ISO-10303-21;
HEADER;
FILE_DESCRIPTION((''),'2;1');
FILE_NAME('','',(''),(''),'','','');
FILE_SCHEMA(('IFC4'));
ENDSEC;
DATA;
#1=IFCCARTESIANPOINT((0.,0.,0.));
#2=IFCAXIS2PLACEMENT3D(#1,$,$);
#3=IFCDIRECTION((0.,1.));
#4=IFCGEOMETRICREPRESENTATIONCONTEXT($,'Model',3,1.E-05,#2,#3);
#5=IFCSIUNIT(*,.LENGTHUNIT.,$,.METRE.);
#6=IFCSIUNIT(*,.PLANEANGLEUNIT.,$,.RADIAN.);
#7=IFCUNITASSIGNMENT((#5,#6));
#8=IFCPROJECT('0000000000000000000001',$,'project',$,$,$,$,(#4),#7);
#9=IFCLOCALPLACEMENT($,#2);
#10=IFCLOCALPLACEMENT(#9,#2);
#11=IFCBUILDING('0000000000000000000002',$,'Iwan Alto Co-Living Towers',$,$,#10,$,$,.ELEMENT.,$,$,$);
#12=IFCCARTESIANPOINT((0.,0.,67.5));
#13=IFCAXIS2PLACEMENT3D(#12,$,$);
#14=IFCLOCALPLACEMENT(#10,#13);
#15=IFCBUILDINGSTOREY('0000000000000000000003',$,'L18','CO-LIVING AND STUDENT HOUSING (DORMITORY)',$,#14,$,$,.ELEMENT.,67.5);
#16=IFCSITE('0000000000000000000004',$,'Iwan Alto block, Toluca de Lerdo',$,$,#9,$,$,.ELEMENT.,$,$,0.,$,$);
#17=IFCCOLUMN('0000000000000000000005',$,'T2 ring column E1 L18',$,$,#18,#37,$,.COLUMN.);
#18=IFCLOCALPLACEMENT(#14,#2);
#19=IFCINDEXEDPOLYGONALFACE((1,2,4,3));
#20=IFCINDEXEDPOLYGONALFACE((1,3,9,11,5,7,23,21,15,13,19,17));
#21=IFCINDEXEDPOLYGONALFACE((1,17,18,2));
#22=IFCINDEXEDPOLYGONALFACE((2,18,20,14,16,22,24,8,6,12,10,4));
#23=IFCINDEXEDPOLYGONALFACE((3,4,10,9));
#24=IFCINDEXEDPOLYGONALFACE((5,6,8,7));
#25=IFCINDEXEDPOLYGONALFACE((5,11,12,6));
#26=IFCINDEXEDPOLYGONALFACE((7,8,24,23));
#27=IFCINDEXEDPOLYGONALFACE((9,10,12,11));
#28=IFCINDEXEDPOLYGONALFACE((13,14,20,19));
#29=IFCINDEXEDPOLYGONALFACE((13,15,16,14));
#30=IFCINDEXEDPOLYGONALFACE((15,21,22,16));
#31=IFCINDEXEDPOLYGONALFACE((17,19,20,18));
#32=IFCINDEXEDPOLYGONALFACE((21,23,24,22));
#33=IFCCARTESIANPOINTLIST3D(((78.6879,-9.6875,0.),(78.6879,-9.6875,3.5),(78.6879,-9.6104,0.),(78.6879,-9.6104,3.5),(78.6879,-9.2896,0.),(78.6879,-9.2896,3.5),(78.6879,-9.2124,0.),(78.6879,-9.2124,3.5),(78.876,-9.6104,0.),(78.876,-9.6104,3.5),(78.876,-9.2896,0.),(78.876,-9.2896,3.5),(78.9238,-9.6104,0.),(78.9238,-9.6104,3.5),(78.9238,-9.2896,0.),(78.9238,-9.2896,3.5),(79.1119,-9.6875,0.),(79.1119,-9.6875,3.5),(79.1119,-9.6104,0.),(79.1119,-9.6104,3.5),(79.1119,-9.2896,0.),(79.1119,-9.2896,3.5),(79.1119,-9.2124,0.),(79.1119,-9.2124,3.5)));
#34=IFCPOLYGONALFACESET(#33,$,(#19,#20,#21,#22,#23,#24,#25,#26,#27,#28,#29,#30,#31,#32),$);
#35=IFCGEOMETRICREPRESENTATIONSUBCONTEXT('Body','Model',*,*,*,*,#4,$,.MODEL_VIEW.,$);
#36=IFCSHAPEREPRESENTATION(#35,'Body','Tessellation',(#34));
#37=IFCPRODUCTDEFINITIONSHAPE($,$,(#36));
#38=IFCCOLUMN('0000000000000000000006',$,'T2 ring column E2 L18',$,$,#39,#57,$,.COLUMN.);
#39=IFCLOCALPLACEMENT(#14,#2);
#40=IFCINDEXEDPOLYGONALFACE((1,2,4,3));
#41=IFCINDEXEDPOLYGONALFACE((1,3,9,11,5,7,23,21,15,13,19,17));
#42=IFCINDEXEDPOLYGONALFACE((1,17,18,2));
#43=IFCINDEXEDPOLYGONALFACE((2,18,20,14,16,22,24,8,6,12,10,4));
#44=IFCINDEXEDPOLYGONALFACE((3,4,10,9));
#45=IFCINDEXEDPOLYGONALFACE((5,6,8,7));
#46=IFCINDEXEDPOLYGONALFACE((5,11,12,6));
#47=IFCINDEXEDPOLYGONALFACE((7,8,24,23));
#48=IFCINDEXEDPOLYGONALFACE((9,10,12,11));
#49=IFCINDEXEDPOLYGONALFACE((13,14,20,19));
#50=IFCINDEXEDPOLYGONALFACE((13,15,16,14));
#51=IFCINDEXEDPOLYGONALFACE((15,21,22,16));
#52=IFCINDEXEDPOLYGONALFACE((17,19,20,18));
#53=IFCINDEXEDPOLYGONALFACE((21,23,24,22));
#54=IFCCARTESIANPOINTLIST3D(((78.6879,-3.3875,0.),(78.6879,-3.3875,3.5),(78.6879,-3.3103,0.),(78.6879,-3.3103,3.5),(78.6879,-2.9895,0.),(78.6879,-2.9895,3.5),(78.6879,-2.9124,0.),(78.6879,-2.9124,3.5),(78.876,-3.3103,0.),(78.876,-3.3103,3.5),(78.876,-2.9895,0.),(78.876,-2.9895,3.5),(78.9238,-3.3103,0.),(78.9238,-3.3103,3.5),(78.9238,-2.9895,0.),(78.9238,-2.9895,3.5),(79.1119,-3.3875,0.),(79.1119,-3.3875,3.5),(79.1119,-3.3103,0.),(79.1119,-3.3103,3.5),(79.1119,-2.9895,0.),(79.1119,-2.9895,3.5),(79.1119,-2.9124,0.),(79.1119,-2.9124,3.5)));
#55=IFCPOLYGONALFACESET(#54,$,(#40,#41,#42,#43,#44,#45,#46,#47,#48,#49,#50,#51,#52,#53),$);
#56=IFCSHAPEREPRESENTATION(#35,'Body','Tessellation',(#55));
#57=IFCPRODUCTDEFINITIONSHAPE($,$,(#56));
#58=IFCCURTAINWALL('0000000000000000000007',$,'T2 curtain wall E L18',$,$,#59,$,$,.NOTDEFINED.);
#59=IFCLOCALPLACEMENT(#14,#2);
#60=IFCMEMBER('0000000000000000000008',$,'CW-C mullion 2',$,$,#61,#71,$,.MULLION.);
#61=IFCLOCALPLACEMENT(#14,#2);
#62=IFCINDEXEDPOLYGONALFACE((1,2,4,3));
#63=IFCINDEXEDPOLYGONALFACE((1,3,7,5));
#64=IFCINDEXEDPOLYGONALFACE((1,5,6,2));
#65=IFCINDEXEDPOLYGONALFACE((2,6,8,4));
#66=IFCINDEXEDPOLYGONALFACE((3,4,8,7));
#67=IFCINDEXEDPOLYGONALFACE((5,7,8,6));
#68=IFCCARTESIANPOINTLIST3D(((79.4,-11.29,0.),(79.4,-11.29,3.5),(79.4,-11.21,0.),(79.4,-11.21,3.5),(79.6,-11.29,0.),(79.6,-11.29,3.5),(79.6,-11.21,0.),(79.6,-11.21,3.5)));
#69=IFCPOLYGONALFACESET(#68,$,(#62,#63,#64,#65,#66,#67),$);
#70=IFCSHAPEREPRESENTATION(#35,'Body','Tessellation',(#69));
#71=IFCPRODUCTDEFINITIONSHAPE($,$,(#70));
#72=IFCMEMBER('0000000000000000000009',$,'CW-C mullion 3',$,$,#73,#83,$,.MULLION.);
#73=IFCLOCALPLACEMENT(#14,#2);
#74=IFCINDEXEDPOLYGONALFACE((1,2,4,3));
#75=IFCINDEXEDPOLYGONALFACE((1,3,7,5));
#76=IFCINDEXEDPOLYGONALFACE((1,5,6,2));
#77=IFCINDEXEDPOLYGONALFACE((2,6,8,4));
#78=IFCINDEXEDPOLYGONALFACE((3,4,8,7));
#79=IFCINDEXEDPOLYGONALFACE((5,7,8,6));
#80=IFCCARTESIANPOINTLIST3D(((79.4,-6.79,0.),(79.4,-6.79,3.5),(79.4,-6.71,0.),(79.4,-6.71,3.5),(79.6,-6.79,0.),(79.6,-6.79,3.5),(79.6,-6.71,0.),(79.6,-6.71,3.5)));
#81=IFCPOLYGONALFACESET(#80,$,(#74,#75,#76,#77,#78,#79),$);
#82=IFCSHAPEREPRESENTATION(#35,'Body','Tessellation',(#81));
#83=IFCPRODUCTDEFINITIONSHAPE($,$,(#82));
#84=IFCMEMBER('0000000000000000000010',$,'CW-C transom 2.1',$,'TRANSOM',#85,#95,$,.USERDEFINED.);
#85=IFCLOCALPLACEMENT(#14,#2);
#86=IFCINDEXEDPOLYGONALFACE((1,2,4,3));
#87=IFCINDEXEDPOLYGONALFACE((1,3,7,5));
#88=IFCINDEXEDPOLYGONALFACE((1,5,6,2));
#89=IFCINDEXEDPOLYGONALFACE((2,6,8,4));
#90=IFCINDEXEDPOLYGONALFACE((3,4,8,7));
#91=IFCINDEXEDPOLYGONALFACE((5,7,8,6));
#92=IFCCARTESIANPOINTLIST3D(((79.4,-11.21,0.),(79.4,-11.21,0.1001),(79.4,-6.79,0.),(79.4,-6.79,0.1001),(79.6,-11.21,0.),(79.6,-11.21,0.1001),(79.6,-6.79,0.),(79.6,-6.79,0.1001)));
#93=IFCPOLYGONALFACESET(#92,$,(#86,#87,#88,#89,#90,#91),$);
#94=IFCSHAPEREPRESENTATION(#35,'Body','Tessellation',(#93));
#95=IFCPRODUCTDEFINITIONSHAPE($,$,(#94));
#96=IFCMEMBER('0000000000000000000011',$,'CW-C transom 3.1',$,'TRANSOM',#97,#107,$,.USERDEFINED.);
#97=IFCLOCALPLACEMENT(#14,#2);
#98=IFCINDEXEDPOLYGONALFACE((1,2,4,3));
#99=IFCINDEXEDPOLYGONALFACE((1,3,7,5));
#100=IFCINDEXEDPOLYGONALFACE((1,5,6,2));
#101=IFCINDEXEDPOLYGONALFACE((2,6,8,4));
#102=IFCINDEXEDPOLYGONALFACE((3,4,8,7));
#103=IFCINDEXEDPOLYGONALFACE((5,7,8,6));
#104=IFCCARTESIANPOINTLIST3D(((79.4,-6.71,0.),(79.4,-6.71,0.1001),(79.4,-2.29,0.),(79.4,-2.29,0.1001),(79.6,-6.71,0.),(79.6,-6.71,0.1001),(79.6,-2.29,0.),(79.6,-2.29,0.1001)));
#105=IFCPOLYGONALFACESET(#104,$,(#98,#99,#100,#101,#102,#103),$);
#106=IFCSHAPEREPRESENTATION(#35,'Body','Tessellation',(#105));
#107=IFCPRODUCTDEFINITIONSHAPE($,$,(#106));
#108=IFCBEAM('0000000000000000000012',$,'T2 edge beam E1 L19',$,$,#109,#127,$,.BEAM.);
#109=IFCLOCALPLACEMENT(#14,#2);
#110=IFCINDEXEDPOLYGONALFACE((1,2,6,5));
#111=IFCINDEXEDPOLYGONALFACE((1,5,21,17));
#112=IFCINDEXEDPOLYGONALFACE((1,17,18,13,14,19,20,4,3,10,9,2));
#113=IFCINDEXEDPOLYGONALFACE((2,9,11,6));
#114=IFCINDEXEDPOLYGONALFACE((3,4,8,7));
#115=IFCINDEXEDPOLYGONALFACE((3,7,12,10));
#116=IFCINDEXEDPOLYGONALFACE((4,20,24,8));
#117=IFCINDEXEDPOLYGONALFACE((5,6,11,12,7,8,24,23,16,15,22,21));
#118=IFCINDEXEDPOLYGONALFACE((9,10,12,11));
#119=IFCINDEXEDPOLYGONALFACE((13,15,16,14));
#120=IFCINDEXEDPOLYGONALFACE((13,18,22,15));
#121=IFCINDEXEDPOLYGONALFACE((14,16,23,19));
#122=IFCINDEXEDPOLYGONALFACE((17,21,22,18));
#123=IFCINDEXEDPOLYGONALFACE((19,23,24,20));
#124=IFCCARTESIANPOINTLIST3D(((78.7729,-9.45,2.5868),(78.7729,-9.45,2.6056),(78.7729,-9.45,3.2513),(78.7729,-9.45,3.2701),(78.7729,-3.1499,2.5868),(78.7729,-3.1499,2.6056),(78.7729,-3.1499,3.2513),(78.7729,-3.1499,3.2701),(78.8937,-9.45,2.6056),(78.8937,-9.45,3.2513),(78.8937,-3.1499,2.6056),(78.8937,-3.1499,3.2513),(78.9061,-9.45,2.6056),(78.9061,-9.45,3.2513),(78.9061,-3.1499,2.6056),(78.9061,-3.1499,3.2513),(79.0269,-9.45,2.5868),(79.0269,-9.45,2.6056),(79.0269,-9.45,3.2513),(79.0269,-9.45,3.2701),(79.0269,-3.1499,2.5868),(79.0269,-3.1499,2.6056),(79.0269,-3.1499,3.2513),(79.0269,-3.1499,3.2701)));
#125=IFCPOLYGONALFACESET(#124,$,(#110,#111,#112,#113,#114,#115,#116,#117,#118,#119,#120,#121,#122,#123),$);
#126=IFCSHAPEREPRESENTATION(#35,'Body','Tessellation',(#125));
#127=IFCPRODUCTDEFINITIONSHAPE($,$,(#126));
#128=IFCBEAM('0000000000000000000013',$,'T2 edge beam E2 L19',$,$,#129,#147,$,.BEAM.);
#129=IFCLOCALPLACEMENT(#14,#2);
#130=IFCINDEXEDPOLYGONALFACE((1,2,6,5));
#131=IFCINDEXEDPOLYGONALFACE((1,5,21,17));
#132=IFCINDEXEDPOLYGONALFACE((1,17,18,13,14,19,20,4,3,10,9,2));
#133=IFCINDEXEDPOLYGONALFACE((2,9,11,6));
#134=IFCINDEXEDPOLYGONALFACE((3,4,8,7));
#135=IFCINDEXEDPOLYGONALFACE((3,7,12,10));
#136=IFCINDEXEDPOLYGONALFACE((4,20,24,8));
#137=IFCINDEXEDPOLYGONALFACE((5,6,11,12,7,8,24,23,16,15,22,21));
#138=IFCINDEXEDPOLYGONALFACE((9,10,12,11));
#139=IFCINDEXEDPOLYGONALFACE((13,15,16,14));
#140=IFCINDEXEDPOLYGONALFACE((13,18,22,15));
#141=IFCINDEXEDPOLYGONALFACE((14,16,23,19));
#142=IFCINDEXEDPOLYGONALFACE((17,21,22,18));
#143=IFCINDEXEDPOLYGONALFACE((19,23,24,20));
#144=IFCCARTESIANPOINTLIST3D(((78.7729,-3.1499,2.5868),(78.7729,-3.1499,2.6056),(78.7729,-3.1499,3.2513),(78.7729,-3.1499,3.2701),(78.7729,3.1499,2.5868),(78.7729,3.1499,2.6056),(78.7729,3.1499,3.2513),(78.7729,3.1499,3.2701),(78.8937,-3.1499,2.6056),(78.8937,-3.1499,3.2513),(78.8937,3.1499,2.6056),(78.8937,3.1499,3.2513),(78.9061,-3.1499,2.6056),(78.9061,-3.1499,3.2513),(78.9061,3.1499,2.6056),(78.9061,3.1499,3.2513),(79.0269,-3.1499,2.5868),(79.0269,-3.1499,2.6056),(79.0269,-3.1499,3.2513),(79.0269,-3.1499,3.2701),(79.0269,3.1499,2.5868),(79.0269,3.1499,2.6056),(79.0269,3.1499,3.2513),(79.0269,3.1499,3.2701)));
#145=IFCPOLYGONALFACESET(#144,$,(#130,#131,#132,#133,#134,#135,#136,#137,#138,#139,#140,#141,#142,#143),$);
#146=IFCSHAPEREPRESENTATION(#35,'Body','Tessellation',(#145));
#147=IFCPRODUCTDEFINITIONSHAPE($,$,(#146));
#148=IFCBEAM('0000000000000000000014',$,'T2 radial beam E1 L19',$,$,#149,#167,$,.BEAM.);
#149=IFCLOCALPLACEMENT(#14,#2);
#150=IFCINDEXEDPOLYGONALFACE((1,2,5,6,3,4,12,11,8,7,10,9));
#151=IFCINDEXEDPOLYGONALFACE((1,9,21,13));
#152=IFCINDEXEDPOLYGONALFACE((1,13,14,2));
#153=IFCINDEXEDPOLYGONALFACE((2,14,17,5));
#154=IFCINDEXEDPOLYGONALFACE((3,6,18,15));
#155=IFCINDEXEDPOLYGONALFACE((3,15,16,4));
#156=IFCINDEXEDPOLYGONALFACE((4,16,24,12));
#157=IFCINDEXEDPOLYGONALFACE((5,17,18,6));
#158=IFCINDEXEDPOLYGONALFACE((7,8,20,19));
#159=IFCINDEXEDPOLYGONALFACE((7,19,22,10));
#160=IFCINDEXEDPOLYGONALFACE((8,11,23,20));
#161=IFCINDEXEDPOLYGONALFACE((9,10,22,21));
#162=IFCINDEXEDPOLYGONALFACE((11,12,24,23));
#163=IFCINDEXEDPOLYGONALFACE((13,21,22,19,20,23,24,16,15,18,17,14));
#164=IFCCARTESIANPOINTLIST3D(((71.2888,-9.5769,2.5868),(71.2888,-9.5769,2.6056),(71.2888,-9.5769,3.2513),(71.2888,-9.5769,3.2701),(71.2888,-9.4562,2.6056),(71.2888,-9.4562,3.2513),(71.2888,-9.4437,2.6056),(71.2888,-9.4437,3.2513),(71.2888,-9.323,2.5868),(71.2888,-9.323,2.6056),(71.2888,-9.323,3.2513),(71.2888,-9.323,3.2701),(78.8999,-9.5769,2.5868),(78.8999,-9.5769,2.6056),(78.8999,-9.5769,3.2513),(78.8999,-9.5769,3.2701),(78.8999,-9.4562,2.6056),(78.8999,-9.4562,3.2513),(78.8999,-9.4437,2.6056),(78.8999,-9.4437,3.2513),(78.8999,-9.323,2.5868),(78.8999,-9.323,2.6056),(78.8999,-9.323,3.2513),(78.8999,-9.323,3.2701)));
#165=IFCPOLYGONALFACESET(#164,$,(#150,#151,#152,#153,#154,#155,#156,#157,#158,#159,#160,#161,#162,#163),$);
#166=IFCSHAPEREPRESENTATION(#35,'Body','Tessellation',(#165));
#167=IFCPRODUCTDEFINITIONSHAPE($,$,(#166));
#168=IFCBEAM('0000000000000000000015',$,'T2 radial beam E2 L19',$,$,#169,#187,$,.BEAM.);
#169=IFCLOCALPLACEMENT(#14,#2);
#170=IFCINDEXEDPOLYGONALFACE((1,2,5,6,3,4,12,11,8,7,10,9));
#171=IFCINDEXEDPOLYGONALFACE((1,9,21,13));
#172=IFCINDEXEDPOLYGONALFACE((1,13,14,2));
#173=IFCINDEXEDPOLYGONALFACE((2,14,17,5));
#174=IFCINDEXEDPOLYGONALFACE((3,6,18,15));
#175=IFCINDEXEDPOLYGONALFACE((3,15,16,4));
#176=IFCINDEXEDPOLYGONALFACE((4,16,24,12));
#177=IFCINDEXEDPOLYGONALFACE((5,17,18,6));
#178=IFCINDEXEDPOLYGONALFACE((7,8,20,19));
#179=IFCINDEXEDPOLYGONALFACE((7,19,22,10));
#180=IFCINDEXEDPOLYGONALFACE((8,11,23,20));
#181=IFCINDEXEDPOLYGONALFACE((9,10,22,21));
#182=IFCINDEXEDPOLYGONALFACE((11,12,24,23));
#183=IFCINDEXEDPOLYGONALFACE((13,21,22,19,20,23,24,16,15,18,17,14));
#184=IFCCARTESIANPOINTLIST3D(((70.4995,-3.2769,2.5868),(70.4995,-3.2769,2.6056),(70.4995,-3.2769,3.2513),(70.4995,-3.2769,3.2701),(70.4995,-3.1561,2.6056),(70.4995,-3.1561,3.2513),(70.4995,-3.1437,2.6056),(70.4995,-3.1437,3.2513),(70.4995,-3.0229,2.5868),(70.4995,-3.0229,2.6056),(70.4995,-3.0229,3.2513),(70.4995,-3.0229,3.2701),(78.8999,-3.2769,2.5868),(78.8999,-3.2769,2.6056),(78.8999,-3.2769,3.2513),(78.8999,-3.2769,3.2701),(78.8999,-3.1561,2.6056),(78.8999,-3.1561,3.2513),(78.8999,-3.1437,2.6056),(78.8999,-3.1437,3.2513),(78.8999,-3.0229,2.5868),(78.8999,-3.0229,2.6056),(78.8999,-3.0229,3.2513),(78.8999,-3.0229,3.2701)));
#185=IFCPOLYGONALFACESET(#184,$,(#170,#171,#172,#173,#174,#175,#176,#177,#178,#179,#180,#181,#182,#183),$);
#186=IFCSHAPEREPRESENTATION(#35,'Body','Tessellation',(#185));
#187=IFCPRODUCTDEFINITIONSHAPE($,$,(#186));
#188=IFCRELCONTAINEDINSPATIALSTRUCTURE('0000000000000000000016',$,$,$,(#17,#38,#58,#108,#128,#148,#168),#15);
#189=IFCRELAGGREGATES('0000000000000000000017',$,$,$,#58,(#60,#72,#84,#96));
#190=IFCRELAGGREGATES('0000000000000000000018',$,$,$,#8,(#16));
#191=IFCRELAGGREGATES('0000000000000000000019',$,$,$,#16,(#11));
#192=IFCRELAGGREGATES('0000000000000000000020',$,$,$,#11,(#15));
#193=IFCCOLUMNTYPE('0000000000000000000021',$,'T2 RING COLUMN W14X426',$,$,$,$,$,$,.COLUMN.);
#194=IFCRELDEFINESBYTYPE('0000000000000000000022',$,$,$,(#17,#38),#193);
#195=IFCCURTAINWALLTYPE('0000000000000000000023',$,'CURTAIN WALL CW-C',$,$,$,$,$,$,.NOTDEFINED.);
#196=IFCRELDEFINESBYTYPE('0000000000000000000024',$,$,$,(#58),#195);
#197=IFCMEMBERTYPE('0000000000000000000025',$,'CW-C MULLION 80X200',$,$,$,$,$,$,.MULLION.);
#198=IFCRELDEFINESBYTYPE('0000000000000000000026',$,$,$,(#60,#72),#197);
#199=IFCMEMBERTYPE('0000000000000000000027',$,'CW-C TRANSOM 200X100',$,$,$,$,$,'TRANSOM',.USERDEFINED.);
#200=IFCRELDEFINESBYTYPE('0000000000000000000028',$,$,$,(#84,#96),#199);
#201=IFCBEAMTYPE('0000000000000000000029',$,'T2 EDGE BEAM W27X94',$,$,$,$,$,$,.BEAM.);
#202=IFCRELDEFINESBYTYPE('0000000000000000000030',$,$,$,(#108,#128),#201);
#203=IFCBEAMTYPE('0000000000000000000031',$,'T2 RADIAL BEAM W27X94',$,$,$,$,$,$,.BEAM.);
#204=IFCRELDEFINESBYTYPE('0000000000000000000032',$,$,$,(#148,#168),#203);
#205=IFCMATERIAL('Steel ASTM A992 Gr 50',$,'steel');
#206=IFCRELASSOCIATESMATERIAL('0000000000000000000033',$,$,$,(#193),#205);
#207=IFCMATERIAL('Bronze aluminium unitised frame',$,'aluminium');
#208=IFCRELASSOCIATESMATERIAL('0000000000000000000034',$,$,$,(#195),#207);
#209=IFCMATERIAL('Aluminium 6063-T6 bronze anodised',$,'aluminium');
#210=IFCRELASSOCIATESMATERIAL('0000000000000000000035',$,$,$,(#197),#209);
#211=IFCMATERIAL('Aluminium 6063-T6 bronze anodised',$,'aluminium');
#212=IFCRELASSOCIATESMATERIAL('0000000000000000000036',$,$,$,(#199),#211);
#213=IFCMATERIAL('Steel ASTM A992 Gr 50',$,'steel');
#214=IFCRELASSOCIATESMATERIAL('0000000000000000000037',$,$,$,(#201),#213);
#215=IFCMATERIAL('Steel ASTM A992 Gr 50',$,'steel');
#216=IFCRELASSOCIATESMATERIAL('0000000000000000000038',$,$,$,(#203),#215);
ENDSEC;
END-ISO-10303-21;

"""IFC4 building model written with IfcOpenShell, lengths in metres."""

from ifc_helpers import new_model, si_unit, direction, frame, origin, origin_2d, place, context, subcontext, project, spatial, rectangle, i_section, extrude, material, material_profile, profile_set, type_object, element, aggregate, save


model = new_model("IFC4")

# Units and contexts
model_context = context("Model", 3, precision=1e-05, world=origin(), true_north=direction((0.0, 1.0)))
body_context = subcontext(model_context, "Body", "Model", "MODEL_VIEW")
ifc_project = project(units=[si_unit("LENGTHUNIT", "METRE"), si_unit("PLANEANGLEUNIT", "RADIAN")], contexts=[model_context])

# Site, building, storey
site_placement = place(None, origin())
site = spatial("IfcSite", under=ifc_project, at=site_placement, Name="Iwan Alto block, Toluca de Lerdo", CompositionType="ELEMENT", RefElevation=0.0)
building_placement = place(site_placement, origin())
building = spatial("IfcBuilding", under=site, at=building_placement, Name="Iwan Alto Co-Living Towers", CompositionType="ELEMENT")
storey_placement = place(building_placement, frame((0.0, 0.0, 67.5)))
storey = spatial("IfcBuildingStorey", under=building, at=storey_placement, Name="L18", Description="CO-LIVING AND STUDENT HOUSING (DORMITORY)", CompositionType="ELEMENT", Elevation=67.5)

# Columns
ifc_material_1 = material(Name="Steel ASTM A992 Gr 50", Category="steel")
ifc_material_profile_1 = material_profile(ifc_material_1, i_section(OverallWidth=0.4241, OverallDepth=0.4751, WebThickness=0.0479, FlangeThickness=0.0771, at=origin_2d()), Name="W14X426")
ifc_profile_set_1 = profile_set([ifc_material_profile_1], Name="Steel ASTM A992 Gr 50")
column_type = type_object("IfcColumnType", Name="T2 RING COLUMN W14X426", PredefinedType="COLUMN", material=ifc_profile_set_1)
for number, where, z_axis, x_axis, name in (
    (1, (78.8999, -9.45, 0.0), (0.0, 0.0, 1.0), (1.0, 0.0, 0.0), "T2 ring column E1 L18"),
    (2, (78.8999, -3.1499, 0.0), (0.0, 0.0, 1.0), (1.0, 0.0, 0.0), "T2 ring column E2 L18"),
):
    element("IfcColumn", number, at=place(storey_placement, frame(where, z_axis=z_axis, x_axis=x_axis)), inside=storey, type_object=column_type, Name=name, PredefinedType="COLUMN", context=body_context, shape_type="SweptSolid", body=[
        extrude(i_section(OverallWidth=0.4241, OverallDepth=0.4751, WebThickness=0.0479, FlangeThickness=0.0771, at=origin_2d()), origin(), (0.0, 0.0, 1.0), 3.5),
    ])

# Curtain wall, members
ifc_material_2 = material(Name="Bronze aluminium unitised frame", Category="aluminium")
curtain_wall_type = type_object("IfcCurtainWallType", Name="CURTAIN WALL CW-C", PredefinedType="NOTDEFINED", material=ifc_material_2)
curtain_wall_placement = place(storey_placement, origin())
curtain_wall = element("IfcCurtainWall", 3, at=curtain_wall_placement, inside=storey, type_object=curtain_wall_type, Name="T2 curtain wall E L18", PredefinedType="NOTDEFINED")
ifc_material_3 = material(Name="Aluminium 6063-T6 bronze anodised", Category="aluminium")
ifc_material_profile_2 = material_profile(ifc_material_3, rectangle(XDim=0.2, YDim=0.0801, at=origin_2d()), Name="AL 80X200")
ifc_profile_set_2 = profile_set([ifc_material_profile_2], Name="Aluminium 6063-T6 bronze anodised")
member_type_1 = type_object("IfcMemberType", Name="CW-C MULLION 80X200", PredefinedType="MULLION", material=ifc_profile_set_2)
member_1_placement = place(storey_placement, frame((79.5, -11.25, 0.0), z_axis=(0.0, 0.0, 1.0), x_axis=(-1.0, 0.0, 0.0)))
member_1 = element("IfcMember", 4, at=member_1_placement, type_object=member_type_1, Name="CW-C mullion 2", PredefinedType="MULLION", context=body_context, shape_type="SweptSolid", body=[
    extrude(rectangle(XDim=0.2, YDim=0.0801, at=origin_2d()), origin(), (0.0, 0.0, 1.0), 3.5),
])
member_2_placement = place(storey_placement, frame((79.5, -6.75, 0.0), z_axis=(0.0, 0.0, 1.0), x_axis=(-1.0, 0.0, 0.0)))
member_2 = element("IfcMember", 5, at=member_2_placement, type_object=member_type_1, Name="CW-C mullion 3", PredefinedType="MULLION", context=body_context, shape_type="SweptSolid", body=[
    extrude(rectangle(XDim=0.2, YDim=0.0801, at=origin_2d()), origin(), (0.0, 0.0, 1.0), 3.5),
])
ifc_material_4 = material(Name="Aluminium 6063-T6 bronze anodised", Category="aluminium")
ifc_material_profile_3 = material_profile(ifc_material_4, rectangle(XDim=0.2, YDim=0.1001, at=origin_2d()), Name="AL 200X100")
ifc_profile_set_3 = profile_set([ifc_material_profile_3], Name="Aluminium 6063-T6 bronze anodised")
member_type_2 = type_object("IfcMemberType", Name="CW-C TRANSOM 200X100", ElementType="TRANSOM", PredefinedType="USERDEFINED", material=ifc_profile_set_3)
member_3_placement = place(storey_placement, frame((79.5, -11.21, 0.05), z_axis=(0.0, 1.0, 0.0), x_axis=(-1.0, 0.0, 0.0)))
member_3 = element("IfcMember", 6, at=member_3_placement, type_object=member_type_2, Name="CW-C transom 2.1", ObjectType="TRANSOM", PredefinedType="USERDEFINED", context=body_context, shape_type="SweptSolid", body=[
    extrude(rectangle(XDim=0.2, YDim=0.1001, at=origin_2d()), origin(), (0.0, 0.0, 1.0), 4.4199),
])
member_4_placement = place(storey_placement, frame((79.5, -6.71, 0.05), z_axis=(0.0, 1.0, 0.0), x_axis=(-1.0, 0.0, 0.0)))
member_4 = element("IfcMember", 7, at=member_4_placement, type_object=member_type_2, Name="CW-C transom 3.1", ObjectType="TRANSOM", PredefinedType="USERDEFINED", context=body_context, shape_type="SweptSolid", body=[
    extrude(rectangle(XDim=0.2, YDim=0.1001, at=origin_2d()), origin(), (0.0, 0.0, 1.0), 4.4199),
])

# Beams
ifc_material_5 = material(Name="Steel ASTM A992 Gr 50", Category="steel")
ifc_material_profile_4 = material_profile(ifc_material_5, i_section(OverallWidth=0.2539, OverallDepth=0.6833, WebThickness=0.0125, FlangeThickness=0.0188, at=origin_2d()), Name="W27X94")
ifc_profile_set_4 = profile_set([ifc_material_profile_4], Name="Steel ASTM A992 Gr 50")
beam_type_1 = type_object("IfcBeamType", Name="T2 EDGE BEAM W27X94", PredefinedType="BEAM", material=ifc_profile_set_4)
beam_1_placement = place(storey_placement, frame((78.8999, -9.45, 2.9285), z_axis=(0.0, 1.0, 0.0), x_axis=(-1.0, 0.0, 0.0)))
element("IfcBeam", 8, at=beam_1_placement, inside=storey, type_object=beam_type_1, Name="T2 edge beam E1 L19", PredefinedType="BEAM", context=body_context, shape_type="SweptSolid", body=[
    extrude(i_section(OverallWidth=0.2539, OverallDepth=0.6833, WebThickness=0.0125, FlangeThickness=0.0188, at=origin_2d()), origin(), (0.0, 0.0, 1.0), 6.3),
])
beam_2_placement = place(storey_placement, frame((78.8999, -3.1499, 2.9285), z_axis=(0.0, 1.0, 0.0), x_axis=(-1.0, 0.0, 0.0)))
element("IfcBeam", 9, at=beam_2_placement, inside=storey, type_object=beam_type_1, Name="T2 edge beam E2 L19", PredefinedType="BEAM", context=body_context, shape_type="SweptSolid", body=[
    extrude(i_section(OverallWidth=0.2539, OverallDepth=0.6833, WebThickness=0.0125, FlangeThickness=0.0188, at=origin_2d()), origin(), (0.0, 0.0, 1.0), 6.2998),
])
ifc_material_6 = material(Name="Steel ASTM A992 Gr 50", Category="steel")
ifc_material_profile_5 = material_profile(ifc_material_6, i_section(OverallWidth=0.2539, OverallDepth=0.6833, WebThickness=0.0125, FlangeThickness=0.0188, at=origin_2d()), Name="W27X94")
ifc_profile_set_5 = profile_set([ifc_material_profile_5], Name="Steel ASTM A992 Gr 50")
beam_type_2 = type_object("IfcBeamType", Name="T2 RADIAL BEAM W27X94", PredefinedType="BEAM", material=ifc_profile_set_5)
beam_3_placement = place(storey_placement, frame((78.8999, -9.45, 2.9285), z_axis=(-1.0, 0.0, 0.0), x_axis=(0.0, -1.0, 0.0)))
element("IfcBeam", 10, at=beam_3_placement, inside=storey, type_object=beam_type_2, Name="T2 radial beam E1 L19", PredefinedType="BEAM", context=body_context, shape_type="SweptSolid", body=[
    extrude(i_section(OverallWidth=0.2539, OverallDepth=0.6833, WebThickness=0.0125, FlangeThickness=0.0188, at=origin_2d()), origin(), (0.0, 0.0, 1.0), 7.6111),
])
beam_4_placement = place(storey_placement, frame((78.8999, -3.1499, 2.9285), z_axis=(-1.0, 0.0, 0.0), x_axis=(0.0, -1.0, 0.0)))
element("IfcBeam", 11, at=beam_4_placement, inside=storey, type_object=beam_type_2, Name="T2 radial beam E2 L19", PredefinedType="BEAM", context=body_context, shape_type="SweptSolid", body=[
    extrude(i_section(OverallWidth=0.2539, OverallDepth=0.6833, WebThickness=0.0125, FlangeThickness=0.0188, at=origin_2d()), origin(), (0.0, 0.0, 1.0), 8.4004),
])

aggregate(curtain_wall, [member_1, member_2, member_3, member_4])

save(model, "model.ifc")
